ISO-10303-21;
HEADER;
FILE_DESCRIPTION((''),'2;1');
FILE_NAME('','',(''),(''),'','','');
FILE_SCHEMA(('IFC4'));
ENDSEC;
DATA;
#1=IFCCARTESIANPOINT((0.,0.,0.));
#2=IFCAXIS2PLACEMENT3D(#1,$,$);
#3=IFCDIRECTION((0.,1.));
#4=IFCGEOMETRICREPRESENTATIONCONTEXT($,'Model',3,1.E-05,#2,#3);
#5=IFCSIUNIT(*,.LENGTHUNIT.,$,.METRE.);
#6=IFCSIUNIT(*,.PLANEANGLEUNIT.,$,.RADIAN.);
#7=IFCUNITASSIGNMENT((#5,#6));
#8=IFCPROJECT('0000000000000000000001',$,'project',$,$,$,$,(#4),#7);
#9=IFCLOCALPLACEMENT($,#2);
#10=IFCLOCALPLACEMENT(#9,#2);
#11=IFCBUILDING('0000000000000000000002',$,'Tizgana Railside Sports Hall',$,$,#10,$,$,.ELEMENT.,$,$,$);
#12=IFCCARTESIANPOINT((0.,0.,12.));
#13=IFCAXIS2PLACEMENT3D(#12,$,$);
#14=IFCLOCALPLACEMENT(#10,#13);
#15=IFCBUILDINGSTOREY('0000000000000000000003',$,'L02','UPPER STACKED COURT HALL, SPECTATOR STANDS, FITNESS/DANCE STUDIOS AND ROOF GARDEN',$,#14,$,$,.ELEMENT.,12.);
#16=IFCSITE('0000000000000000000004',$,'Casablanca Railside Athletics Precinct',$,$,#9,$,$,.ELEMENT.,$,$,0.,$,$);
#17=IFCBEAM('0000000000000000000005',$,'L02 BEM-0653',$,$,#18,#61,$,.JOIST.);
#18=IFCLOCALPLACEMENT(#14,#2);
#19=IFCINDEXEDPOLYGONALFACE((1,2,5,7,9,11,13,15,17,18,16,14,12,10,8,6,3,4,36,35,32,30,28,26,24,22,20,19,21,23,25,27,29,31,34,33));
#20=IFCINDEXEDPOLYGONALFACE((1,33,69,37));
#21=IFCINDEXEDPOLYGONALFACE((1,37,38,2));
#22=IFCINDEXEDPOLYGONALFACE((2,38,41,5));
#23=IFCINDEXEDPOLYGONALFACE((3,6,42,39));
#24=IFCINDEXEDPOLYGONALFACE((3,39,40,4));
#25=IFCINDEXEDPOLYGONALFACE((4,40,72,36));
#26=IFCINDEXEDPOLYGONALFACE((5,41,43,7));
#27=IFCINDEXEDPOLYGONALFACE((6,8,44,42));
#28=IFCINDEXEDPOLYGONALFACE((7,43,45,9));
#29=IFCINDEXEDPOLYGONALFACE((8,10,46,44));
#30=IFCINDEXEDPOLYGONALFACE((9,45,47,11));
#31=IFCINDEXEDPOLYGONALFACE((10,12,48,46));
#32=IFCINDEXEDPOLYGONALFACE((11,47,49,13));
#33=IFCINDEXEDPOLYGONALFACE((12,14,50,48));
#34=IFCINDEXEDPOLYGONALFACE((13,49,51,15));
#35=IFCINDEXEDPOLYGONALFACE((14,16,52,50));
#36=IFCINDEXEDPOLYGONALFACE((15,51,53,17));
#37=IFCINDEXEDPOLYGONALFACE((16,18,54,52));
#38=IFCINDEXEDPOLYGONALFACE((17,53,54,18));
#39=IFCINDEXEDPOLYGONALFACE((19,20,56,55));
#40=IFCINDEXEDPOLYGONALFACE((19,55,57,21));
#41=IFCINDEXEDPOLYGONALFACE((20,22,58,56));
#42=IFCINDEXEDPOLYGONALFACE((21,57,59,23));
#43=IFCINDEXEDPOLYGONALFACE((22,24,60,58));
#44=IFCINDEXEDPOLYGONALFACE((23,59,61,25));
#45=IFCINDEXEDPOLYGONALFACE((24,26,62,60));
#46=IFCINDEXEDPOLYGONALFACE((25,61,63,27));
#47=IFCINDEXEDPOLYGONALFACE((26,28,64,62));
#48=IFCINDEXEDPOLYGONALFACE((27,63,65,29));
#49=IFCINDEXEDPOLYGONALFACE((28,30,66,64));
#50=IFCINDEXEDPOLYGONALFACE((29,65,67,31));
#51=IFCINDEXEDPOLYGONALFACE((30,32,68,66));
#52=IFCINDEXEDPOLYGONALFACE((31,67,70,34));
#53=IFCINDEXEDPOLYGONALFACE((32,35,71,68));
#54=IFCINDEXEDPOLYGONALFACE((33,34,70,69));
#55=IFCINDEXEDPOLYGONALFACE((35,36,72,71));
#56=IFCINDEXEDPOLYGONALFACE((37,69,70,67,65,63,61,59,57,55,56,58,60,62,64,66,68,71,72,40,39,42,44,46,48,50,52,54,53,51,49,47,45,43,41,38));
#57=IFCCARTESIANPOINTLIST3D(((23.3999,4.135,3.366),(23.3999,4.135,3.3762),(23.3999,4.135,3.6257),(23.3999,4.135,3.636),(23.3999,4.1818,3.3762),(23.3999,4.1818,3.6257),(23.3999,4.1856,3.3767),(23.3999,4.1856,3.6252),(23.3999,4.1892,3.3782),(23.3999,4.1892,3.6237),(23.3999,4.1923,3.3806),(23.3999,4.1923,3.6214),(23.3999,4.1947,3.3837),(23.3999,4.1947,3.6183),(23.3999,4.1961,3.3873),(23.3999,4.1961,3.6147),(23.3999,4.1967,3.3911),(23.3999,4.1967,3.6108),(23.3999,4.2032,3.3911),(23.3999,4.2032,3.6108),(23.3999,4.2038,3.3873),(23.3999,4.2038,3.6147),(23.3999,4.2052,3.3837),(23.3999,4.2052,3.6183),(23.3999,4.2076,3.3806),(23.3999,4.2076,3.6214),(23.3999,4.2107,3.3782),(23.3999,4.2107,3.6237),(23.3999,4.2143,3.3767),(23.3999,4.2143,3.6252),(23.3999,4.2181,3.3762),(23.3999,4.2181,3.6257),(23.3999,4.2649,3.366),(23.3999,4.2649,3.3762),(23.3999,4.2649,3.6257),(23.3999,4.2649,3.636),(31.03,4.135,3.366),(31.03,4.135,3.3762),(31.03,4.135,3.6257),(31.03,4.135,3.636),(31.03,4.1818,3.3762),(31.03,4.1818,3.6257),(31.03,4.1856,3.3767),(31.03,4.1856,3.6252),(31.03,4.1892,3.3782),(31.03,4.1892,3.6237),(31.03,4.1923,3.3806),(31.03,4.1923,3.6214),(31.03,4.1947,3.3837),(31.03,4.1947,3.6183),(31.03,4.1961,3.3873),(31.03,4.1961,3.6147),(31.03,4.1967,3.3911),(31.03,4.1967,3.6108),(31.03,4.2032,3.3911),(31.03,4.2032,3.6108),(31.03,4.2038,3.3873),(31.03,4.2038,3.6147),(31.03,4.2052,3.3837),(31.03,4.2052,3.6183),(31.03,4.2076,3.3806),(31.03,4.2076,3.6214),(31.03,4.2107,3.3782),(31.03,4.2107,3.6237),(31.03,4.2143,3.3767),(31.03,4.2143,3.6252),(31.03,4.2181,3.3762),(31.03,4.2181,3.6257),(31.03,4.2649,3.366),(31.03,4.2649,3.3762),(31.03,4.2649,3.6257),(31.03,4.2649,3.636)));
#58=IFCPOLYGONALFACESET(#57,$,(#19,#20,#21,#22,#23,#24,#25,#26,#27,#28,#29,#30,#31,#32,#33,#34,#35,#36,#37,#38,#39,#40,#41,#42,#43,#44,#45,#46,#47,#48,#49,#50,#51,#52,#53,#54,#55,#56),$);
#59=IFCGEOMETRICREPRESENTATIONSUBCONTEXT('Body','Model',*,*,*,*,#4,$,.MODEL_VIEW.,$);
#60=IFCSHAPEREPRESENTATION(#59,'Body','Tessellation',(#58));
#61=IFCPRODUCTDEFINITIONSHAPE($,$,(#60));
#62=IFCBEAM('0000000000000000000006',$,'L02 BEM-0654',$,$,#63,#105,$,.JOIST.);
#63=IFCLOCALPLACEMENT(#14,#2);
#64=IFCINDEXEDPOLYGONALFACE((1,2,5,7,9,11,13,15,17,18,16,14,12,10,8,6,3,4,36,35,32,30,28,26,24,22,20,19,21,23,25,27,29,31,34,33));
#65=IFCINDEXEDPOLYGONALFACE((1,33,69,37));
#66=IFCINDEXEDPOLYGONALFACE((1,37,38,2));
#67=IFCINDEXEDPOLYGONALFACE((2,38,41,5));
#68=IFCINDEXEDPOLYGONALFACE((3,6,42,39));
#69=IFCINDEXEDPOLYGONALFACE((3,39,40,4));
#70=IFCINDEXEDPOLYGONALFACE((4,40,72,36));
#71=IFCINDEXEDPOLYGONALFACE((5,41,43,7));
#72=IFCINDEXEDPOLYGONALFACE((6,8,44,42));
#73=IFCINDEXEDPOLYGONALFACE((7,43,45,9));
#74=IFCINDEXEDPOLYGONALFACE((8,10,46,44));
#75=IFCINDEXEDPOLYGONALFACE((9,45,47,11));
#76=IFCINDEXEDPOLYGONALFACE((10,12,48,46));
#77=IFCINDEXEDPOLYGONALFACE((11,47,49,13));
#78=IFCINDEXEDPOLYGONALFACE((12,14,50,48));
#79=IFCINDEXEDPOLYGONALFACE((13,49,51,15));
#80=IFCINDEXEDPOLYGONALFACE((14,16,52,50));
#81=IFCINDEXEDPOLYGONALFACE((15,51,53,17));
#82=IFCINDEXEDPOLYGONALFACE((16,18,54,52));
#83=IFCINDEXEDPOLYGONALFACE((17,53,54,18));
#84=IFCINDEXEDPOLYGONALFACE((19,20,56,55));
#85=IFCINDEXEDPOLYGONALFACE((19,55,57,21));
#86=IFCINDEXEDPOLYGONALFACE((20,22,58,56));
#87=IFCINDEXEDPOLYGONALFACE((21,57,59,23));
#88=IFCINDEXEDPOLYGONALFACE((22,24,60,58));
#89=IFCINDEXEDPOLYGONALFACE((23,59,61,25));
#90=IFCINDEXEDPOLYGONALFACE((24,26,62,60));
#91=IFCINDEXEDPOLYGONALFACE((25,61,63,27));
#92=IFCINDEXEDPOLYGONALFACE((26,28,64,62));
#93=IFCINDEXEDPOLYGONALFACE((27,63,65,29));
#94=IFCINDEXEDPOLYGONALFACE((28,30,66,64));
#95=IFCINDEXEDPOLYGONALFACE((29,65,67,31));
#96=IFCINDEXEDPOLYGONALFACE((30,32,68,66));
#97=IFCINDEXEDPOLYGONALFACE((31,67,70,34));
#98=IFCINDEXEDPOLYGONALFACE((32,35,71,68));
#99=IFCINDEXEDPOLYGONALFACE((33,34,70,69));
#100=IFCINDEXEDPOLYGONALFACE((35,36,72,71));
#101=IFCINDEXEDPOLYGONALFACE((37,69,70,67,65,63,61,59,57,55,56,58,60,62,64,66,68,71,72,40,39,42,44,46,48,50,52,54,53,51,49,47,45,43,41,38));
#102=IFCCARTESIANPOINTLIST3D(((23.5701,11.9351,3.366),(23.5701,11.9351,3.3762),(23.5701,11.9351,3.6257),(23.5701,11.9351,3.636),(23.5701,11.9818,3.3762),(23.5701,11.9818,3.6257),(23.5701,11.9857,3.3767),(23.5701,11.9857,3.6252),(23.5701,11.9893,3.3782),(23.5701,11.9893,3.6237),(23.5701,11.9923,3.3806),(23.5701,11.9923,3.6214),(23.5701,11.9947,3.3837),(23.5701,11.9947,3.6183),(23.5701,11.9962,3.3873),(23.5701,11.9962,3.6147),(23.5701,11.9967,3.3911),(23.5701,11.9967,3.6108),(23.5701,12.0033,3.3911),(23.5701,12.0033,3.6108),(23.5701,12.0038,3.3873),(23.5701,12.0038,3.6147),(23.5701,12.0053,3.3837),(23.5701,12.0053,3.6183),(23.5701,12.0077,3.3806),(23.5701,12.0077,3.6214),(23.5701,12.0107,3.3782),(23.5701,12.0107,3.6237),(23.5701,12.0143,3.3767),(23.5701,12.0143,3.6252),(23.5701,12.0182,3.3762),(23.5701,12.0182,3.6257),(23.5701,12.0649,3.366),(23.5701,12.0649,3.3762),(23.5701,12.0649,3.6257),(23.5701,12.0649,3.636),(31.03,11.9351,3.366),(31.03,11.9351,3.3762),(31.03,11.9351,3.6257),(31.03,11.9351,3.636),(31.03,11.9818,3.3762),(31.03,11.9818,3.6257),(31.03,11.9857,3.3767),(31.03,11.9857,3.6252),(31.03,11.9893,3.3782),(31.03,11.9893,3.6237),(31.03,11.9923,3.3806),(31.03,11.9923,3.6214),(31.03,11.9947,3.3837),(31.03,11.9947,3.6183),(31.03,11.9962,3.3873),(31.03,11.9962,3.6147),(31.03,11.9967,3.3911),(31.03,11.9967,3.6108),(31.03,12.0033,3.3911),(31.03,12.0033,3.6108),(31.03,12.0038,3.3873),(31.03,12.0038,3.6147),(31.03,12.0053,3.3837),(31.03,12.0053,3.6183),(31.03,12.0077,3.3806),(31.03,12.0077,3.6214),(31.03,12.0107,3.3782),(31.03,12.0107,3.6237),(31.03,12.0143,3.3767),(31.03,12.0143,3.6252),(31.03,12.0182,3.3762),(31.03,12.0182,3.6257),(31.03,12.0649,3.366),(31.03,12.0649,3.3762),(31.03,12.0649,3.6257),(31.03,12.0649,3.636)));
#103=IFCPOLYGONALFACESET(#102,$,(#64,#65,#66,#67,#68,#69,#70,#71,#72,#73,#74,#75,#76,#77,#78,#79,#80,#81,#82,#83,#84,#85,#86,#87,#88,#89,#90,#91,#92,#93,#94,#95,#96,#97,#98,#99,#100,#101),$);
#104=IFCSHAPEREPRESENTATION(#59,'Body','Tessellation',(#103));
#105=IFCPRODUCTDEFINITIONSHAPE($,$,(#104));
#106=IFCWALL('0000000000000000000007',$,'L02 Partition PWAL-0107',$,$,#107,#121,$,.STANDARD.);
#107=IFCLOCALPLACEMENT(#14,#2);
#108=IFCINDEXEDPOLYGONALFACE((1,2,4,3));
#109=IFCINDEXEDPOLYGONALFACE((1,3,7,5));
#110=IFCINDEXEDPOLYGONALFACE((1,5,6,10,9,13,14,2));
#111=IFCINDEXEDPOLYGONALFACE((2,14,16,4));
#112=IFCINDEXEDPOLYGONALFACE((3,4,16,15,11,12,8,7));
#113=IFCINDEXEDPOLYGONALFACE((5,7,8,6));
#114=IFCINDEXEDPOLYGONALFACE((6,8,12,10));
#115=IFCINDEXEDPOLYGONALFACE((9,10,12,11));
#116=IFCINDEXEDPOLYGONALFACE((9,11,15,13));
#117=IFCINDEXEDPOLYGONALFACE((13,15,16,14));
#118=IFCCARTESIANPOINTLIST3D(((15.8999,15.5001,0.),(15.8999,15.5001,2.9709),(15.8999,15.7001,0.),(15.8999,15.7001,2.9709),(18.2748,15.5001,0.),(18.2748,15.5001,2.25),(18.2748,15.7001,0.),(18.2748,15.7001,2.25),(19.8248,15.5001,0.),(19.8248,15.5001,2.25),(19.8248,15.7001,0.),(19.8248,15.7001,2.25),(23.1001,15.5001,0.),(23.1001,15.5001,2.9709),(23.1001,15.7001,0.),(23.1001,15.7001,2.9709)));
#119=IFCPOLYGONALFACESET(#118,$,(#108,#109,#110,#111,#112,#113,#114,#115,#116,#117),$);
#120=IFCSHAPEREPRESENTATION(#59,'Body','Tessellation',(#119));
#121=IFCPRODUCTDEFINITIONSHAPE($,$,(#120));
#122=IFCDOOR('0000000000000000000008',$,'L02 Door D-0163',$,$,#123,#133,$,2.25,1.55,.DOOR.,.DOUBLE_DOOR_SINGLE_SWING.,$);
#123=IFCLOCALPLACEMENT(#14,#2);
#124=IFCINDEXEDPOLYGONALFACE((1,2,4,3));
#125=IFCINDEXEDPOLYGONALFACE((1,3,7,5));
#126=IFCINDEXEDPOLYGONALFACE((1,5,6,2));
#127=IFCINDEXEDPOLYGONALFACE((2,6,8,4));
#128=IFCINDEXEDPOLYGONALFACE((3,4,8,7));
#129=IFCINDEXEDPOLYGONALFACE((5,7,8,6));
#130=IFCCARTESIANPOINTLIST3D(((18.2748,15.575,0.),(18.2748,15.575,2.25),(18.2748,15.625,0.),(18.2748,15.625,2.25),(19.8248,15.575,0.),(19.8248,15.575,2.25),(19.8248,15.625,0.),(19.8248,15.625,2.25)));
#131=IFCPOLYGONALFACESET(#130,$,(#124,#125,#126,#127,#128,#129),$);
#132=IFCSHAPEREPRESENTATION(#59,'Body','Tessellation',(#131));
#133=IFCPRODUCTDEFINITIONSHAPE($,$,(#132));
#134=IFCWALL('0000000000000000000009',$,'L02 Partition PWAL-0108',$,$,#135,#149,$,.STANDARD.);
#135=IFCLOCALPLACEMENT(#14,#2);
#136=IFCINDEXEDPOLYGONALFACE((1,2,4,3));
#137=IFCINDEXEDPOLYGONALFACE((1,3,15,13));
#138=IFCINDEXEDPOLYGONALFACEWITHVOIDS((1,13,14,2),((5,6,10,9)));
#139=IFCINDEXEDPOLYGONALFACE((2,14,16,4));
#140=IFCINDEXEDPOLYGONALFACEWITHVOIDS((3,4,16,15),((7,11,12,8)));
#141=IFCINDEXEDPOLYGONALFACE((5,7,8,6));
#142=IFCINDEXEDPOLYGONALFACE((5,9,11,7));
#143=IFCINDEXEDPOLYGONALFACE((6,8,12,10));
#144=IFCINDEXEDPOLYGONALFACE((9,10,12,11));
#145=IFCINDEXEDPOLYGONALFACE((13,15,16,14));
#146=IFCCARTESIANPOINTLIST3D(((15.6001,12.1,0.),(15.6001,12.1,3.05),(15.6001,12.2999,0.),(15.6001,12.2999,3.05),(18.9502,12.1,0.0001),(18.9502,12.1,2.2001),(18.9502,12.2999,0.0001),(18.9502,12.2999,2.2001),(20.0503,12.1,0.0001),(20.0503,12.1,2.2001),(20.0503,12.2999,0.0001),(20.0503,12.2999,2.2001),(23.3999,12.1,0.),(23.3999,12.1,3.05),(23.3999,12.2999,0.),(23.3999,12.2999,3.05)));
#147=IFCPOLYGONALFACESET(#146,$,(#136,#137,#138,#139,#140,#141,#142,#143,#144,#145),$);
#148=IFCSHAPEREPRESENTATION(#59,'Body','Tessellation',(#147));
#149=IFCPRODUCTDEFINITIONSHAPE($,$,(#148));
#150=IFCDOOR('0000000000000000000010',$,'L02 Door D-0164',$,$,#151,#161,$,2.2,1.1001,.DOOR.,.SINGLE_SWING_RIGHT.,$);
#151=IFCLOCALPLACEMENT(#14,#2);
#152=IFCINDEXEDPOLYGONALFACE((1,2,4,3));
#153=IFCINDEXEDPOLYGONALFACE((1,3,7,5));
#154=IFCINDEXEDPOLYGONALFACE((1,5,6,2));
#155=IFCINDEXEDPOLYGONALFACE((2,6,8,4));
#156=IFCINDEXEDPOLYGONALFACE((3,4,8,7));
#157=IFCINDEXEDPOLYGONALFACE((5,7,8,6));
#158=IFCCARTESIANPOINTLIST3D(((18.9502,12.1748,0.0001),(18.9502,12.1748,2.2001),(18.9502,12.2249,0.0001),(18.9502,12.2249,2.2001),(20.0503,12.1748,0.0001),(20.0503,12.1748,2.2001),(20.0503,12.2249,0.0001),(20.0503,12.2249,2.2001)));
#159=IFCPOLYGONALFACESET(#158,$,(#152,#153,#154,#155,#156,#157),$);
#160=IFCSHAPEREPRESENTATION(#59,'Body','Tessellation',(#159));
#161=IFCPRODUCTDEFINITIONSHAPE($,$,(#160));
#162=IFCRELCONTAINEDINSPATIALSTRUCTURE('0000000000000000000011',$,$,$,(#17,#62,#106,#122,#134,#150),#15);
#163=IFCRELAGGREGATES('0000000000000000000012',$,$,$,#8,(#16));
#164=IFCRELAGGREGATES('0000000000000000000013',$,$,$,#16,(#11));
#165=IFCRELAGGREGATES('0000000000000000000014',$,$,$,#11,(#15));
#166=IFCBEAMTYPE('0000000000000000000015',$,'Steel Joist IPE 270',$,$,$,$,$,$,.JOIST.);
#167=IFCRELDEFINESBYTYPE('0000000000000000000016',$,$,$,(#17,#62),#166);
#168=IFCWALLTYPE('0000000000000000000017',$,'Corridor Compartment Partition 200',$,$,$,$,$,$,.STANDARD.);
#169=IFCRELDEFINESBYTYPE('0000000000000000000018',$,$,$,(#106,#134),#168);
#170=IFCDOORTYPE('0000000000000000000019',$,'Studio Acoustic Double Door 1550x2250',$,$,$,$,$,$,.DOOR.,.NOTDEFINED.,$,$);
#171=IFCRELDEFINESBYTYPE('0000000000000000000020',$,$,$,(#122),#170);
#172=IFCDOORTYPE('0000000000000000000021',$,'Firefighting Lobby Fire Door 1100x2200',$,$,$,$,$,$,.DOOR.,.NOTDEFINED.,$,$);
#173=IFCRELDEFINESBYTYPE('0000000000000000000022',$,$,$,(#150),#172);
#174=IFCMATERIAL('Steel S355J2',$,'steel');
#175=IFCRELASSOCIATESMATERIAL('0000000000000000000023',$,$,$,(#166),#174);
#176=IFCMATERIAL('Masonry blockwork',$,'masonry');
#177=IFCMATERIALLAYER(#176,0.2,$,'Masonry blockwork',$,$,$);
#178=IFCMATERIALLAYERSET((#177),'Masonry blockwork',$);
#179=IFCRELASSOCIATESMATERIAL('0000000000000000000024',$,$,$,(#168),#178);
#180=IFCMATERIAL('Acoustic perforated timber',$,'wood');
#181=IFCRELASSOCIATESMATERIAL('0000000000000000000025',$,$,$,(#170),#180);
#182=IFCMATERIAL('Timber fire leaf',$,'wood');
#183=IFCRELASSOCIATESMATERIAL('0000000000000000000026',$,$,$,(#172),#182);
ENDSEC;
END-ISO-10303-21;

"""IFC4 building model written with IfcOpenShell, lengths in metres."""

from ifc_helpers import new_model, si_unit, direction, frame, frame_2d, origin, origin_2d, place, context, subcontext, project, spatial, rectangle, i_section, extrude, material, layer, layer_set, material_profile, profile_set, type_object, element, fill, save


model = new_model("IFC4")

# Units and contexts
model_context = context("Model", 3, precision=1e-05, world=origin(), true_north=direction((0.0, 1.0)))
body_context = subcontext(model_context, "Body", "Model", "MODEL_VIEW")
ifc_project = project(units=[si_unit("LENGTHUNIT", "METRE"), si_unit("PLANEANGLEUNIT", "RADIAN")], contexts=[model_context])

# Site, building, storey
site_placement = place(None, origin())
site = spatial("IfcSite", under=ifc_project, at=site_placement, Name="Casablanca Railside Athletics Precinct", CompositionType="ELEMENT", RefElevation=0.0)
building_placement = place(site_placement, origin())
building = spatial("IfcBuilding", under=site, at=building_placement, Name="Tizgana Railside Sports Hall", CompositionType="ELEMENT")
storey_placement = place(building_placement, frame((0.0, 0.0, 12.0)))
storey = spatial("IfcBuildingStorey", under=building, at=storey_placement, Name="L02", Description="UPPER STACKED COURT HALL, SPECTATOR STANDS, FITNESS/DANCE STUDIOS AND ROOF GARDEN", CompositionType="ELEMENT", Elevation=12.0)

# Beams
ifc_material_1 = material(Name="Steel S355J2", Category="steel")
ifc_material_profile_1 = material_profile(ifc_material_1, i_section(OverallWidth=0.1299, OverallDepth=0.27, WebThickness=0.0066, FlangeThickness=0.0103, FilletRadius=0.0149, at=origin_2d()), Name="IPE 270")
ifc_profile_set_1 = profile_set([ifc_material_profile_1], Name="Steel S355J2")
beam_type_1 = type_object("IfcBeamType", Name="Steel Joist IPE 270", PredefinedType="JOIST", material=ifc_profile_set_1)
beam_1_placement = place(storey_placement, frame((23.3999, 4.2, 3.501), z_axis=(1.0, 0.0, 0.0), x_axis=(0.0, 1.0, 0.0)))
element("IfcBeam", 1, at=beam_1_placement, inside=storey, type_object=beam_type_1, Name="L02 BEM-0653", PredefinedType="JOIST", context=body_context, shape_type="SweptSolid", body=[
    extrude(i_section(OverallWidth=0.1299, OverallDepth=0.27, WebThickness=0.0066, FlangeThickness=0.0103, FilletRadius=0.0149, at=origin_2d()), origin(), (0.0, 0.0, 1.0), 7.6301),
])
beam_2_placement = place(storey_placement, frame((23.5701, 12.0, 3.501), z_axis=(1.0, 0.0, 0.0), x_axis=(0.0, 1.0, 0.0)))
element("IfcBeam", 2, at=beam_2_placement, inside=storey, type_object=beam_type_1, Name="L02 BEM-0654", PredefinedType="JOIST", context=body_context, shape_type="SweptSolid", body=[
    extrude(i_section(OverallWidth=0.1299, OverallDepth=0.27, WebThickness=0.0066, FlangeThickness=0.0103, FilletRadius=0.0149, at=origin_2d()), origin(), (0.0, 0.0, 1.0), 7.46),
])

# Walls, openings, doors
ifc_material_2 = material(Name="Masonry blockwork", Category="masonry")
ifc_layer_1 = layer(ifc_material_2, 0.2, Name="Masonry blockwork")
ifc_layer_set_1 = layer_set([ifc_layer_1], Name="Masonry blockwork")
wall_type_1 = type_object("IfcWallType", Name="Corridor Compartment Partition 200", PredefinedType="STANDARD", material=ifc_layer_set_1)
wall_1_placement = place(storey_placement, frame((15.8999, 15.6001, 0.0), z_axis=(0.0, 0.0, 1.0), x_axis=(1.0, 0.0, 0.0)))
wall_1 = element("IfcWall", 3, at=wall_1_placement, inside=storey, type_object=wall_type_1, Name="L02 Partition PWAL-0107", PredefinedType="STANDARD", context=body_context, shape_type="SweptSolid", body=[
    extrude(rectangle(XDim=7.2002, YDim=0.2, at=frame_2d((3.6001, 0.0))), origin(), (0.0, 0.0, 1.0), 2.9709),
])
opening_1_placement = place(wall_1_placement, frame((2.375, 0.0, 0.0)))
opening_1 = element("IfcOpeningElement", 4, at=opening_1_placement, cuts=wall_1, PredefinedType="OPENING", context=body_context, shape_type="SweptSolid", body=[
    extrude(rectangle(XDim=1.55, YDim=2.25, at=frame_2d((0.7749, 1.125))), frame((0.0, 0.1099, 0.0), z_axis=(0.0, -1.0, 0.0), x_axis=(1.0, 0.0, 0.0)), (0.0, 0.0, 1.0), 0.22),
])
ifc_material_3 = material(Name="Acoustic perforated timber", Category="wood")
door_type_1 = type_object("IfcDoorType", Name="Studio Acoustic Double Door 1550x2250", OperationType="NOTDEFINED", PredefinedType="DOOR", material=ifc_material_3)
door_1_placement = place(opening_1_placement, origin())
door_1 = element("IfcDoor", 5, at=door_1_placement, inside=storey, type_object=door_type_1, Name="L02 Door D-0163", OperationType="DOUBLE_DOOR_SINGLE_SWING", OverallHeight=2.25, OverallWidth=1.55, PredefinedType="DOOR", context=body_context, shape_type="SweptSolid", body=[
    extrude(rectangle(XDim=1.55, YDim=2.25, at=frame_2d((0.7749, 1.125))), frame((0.0, 0.0249, 0.0), z_axis=(0.0, -1.0, 0.0), x_axis=(1.0, 0.0, 0.0)), (0.0, 0.0, 1.0), 0.05),
])
fill(opening_1, door_1)
wall_2_placement = place(storey_placement, frame((15.6001, 12.2, 0.0), z_axis=(0.0, 0.0, 1.0), x_axis=(1.0, 0.0, 0.0)))
wall_2 = element("IfcWall", 6, at=wall_2_placement, inside=storey, type_object=wall_type_1, Name="L02 Partition PWAL-0108", PredefinedType="STANDARD", context=body_context, shape_type="SweptSolid", body=[
    extrude(rectangle(XDim=7.7998, YDim=0.2, at=frame_2d((3.8999, 0.0))), origin(), (0.0, 0.0, 1.0), 3.05),
])
opening_2_placement = place(wall_2_placement, frame((3.3501, 0.0, 0.0)))
opening_2 = element("IfcOpeningElement", 7, at=opening_2_placement, cuts=wall_2, PredefinedType="OPENING", context=body_context, shape_type="SweptSolid", body=[
    extrude(rectangle(XDim=1.1001, YDim=2.2, at=frame_2d((0.55, 1.1001))), frame((0.0, 0.1099, 0.0), z_axis=(0.0, -1.0, 0.0), x_axis=(1.0, 0.0, 0.0)), (0.0, 0.0, 1.0), 0.22),
])
ifc_material_4 = material(Name="Timber fire leaf", Category="wood")
door_type_2 = type_object("IfcDoorType", Name="Firefighting Lobby Fire Door 1100x2200", OperationType="NOTDEFINED", PredefinedType="DOOR", material=ifc_material_4)
door_2_placement = place(opening_2_placement, origin())
door_2 = element("IfcDoor", 8, at=door_2_placement, inside=storey, type_object=door_type_2, Name="L02 Door D-0164", OperationType="SINGLE_SWING_RIGHT", OverallHeight=2.2, OverallWidth=1.1001, PredefinedType="DOOR", context=body_context, shape_type="SweptSolid", body=[
    extrude(rectangle(XDim=1.1001, YDim=2.2, at=frame_2d((0.55, 1.1001))), frame((0.0, 0.0249, 0.0), z_axis=(0.0, -1.0, 0.0), x_axis=(1.0, 0.0, 0.0)), (0.0, 0.0, 1.0), 0.05),
])
fill(opening_2, door_2)

save(model, "model.ifc")
